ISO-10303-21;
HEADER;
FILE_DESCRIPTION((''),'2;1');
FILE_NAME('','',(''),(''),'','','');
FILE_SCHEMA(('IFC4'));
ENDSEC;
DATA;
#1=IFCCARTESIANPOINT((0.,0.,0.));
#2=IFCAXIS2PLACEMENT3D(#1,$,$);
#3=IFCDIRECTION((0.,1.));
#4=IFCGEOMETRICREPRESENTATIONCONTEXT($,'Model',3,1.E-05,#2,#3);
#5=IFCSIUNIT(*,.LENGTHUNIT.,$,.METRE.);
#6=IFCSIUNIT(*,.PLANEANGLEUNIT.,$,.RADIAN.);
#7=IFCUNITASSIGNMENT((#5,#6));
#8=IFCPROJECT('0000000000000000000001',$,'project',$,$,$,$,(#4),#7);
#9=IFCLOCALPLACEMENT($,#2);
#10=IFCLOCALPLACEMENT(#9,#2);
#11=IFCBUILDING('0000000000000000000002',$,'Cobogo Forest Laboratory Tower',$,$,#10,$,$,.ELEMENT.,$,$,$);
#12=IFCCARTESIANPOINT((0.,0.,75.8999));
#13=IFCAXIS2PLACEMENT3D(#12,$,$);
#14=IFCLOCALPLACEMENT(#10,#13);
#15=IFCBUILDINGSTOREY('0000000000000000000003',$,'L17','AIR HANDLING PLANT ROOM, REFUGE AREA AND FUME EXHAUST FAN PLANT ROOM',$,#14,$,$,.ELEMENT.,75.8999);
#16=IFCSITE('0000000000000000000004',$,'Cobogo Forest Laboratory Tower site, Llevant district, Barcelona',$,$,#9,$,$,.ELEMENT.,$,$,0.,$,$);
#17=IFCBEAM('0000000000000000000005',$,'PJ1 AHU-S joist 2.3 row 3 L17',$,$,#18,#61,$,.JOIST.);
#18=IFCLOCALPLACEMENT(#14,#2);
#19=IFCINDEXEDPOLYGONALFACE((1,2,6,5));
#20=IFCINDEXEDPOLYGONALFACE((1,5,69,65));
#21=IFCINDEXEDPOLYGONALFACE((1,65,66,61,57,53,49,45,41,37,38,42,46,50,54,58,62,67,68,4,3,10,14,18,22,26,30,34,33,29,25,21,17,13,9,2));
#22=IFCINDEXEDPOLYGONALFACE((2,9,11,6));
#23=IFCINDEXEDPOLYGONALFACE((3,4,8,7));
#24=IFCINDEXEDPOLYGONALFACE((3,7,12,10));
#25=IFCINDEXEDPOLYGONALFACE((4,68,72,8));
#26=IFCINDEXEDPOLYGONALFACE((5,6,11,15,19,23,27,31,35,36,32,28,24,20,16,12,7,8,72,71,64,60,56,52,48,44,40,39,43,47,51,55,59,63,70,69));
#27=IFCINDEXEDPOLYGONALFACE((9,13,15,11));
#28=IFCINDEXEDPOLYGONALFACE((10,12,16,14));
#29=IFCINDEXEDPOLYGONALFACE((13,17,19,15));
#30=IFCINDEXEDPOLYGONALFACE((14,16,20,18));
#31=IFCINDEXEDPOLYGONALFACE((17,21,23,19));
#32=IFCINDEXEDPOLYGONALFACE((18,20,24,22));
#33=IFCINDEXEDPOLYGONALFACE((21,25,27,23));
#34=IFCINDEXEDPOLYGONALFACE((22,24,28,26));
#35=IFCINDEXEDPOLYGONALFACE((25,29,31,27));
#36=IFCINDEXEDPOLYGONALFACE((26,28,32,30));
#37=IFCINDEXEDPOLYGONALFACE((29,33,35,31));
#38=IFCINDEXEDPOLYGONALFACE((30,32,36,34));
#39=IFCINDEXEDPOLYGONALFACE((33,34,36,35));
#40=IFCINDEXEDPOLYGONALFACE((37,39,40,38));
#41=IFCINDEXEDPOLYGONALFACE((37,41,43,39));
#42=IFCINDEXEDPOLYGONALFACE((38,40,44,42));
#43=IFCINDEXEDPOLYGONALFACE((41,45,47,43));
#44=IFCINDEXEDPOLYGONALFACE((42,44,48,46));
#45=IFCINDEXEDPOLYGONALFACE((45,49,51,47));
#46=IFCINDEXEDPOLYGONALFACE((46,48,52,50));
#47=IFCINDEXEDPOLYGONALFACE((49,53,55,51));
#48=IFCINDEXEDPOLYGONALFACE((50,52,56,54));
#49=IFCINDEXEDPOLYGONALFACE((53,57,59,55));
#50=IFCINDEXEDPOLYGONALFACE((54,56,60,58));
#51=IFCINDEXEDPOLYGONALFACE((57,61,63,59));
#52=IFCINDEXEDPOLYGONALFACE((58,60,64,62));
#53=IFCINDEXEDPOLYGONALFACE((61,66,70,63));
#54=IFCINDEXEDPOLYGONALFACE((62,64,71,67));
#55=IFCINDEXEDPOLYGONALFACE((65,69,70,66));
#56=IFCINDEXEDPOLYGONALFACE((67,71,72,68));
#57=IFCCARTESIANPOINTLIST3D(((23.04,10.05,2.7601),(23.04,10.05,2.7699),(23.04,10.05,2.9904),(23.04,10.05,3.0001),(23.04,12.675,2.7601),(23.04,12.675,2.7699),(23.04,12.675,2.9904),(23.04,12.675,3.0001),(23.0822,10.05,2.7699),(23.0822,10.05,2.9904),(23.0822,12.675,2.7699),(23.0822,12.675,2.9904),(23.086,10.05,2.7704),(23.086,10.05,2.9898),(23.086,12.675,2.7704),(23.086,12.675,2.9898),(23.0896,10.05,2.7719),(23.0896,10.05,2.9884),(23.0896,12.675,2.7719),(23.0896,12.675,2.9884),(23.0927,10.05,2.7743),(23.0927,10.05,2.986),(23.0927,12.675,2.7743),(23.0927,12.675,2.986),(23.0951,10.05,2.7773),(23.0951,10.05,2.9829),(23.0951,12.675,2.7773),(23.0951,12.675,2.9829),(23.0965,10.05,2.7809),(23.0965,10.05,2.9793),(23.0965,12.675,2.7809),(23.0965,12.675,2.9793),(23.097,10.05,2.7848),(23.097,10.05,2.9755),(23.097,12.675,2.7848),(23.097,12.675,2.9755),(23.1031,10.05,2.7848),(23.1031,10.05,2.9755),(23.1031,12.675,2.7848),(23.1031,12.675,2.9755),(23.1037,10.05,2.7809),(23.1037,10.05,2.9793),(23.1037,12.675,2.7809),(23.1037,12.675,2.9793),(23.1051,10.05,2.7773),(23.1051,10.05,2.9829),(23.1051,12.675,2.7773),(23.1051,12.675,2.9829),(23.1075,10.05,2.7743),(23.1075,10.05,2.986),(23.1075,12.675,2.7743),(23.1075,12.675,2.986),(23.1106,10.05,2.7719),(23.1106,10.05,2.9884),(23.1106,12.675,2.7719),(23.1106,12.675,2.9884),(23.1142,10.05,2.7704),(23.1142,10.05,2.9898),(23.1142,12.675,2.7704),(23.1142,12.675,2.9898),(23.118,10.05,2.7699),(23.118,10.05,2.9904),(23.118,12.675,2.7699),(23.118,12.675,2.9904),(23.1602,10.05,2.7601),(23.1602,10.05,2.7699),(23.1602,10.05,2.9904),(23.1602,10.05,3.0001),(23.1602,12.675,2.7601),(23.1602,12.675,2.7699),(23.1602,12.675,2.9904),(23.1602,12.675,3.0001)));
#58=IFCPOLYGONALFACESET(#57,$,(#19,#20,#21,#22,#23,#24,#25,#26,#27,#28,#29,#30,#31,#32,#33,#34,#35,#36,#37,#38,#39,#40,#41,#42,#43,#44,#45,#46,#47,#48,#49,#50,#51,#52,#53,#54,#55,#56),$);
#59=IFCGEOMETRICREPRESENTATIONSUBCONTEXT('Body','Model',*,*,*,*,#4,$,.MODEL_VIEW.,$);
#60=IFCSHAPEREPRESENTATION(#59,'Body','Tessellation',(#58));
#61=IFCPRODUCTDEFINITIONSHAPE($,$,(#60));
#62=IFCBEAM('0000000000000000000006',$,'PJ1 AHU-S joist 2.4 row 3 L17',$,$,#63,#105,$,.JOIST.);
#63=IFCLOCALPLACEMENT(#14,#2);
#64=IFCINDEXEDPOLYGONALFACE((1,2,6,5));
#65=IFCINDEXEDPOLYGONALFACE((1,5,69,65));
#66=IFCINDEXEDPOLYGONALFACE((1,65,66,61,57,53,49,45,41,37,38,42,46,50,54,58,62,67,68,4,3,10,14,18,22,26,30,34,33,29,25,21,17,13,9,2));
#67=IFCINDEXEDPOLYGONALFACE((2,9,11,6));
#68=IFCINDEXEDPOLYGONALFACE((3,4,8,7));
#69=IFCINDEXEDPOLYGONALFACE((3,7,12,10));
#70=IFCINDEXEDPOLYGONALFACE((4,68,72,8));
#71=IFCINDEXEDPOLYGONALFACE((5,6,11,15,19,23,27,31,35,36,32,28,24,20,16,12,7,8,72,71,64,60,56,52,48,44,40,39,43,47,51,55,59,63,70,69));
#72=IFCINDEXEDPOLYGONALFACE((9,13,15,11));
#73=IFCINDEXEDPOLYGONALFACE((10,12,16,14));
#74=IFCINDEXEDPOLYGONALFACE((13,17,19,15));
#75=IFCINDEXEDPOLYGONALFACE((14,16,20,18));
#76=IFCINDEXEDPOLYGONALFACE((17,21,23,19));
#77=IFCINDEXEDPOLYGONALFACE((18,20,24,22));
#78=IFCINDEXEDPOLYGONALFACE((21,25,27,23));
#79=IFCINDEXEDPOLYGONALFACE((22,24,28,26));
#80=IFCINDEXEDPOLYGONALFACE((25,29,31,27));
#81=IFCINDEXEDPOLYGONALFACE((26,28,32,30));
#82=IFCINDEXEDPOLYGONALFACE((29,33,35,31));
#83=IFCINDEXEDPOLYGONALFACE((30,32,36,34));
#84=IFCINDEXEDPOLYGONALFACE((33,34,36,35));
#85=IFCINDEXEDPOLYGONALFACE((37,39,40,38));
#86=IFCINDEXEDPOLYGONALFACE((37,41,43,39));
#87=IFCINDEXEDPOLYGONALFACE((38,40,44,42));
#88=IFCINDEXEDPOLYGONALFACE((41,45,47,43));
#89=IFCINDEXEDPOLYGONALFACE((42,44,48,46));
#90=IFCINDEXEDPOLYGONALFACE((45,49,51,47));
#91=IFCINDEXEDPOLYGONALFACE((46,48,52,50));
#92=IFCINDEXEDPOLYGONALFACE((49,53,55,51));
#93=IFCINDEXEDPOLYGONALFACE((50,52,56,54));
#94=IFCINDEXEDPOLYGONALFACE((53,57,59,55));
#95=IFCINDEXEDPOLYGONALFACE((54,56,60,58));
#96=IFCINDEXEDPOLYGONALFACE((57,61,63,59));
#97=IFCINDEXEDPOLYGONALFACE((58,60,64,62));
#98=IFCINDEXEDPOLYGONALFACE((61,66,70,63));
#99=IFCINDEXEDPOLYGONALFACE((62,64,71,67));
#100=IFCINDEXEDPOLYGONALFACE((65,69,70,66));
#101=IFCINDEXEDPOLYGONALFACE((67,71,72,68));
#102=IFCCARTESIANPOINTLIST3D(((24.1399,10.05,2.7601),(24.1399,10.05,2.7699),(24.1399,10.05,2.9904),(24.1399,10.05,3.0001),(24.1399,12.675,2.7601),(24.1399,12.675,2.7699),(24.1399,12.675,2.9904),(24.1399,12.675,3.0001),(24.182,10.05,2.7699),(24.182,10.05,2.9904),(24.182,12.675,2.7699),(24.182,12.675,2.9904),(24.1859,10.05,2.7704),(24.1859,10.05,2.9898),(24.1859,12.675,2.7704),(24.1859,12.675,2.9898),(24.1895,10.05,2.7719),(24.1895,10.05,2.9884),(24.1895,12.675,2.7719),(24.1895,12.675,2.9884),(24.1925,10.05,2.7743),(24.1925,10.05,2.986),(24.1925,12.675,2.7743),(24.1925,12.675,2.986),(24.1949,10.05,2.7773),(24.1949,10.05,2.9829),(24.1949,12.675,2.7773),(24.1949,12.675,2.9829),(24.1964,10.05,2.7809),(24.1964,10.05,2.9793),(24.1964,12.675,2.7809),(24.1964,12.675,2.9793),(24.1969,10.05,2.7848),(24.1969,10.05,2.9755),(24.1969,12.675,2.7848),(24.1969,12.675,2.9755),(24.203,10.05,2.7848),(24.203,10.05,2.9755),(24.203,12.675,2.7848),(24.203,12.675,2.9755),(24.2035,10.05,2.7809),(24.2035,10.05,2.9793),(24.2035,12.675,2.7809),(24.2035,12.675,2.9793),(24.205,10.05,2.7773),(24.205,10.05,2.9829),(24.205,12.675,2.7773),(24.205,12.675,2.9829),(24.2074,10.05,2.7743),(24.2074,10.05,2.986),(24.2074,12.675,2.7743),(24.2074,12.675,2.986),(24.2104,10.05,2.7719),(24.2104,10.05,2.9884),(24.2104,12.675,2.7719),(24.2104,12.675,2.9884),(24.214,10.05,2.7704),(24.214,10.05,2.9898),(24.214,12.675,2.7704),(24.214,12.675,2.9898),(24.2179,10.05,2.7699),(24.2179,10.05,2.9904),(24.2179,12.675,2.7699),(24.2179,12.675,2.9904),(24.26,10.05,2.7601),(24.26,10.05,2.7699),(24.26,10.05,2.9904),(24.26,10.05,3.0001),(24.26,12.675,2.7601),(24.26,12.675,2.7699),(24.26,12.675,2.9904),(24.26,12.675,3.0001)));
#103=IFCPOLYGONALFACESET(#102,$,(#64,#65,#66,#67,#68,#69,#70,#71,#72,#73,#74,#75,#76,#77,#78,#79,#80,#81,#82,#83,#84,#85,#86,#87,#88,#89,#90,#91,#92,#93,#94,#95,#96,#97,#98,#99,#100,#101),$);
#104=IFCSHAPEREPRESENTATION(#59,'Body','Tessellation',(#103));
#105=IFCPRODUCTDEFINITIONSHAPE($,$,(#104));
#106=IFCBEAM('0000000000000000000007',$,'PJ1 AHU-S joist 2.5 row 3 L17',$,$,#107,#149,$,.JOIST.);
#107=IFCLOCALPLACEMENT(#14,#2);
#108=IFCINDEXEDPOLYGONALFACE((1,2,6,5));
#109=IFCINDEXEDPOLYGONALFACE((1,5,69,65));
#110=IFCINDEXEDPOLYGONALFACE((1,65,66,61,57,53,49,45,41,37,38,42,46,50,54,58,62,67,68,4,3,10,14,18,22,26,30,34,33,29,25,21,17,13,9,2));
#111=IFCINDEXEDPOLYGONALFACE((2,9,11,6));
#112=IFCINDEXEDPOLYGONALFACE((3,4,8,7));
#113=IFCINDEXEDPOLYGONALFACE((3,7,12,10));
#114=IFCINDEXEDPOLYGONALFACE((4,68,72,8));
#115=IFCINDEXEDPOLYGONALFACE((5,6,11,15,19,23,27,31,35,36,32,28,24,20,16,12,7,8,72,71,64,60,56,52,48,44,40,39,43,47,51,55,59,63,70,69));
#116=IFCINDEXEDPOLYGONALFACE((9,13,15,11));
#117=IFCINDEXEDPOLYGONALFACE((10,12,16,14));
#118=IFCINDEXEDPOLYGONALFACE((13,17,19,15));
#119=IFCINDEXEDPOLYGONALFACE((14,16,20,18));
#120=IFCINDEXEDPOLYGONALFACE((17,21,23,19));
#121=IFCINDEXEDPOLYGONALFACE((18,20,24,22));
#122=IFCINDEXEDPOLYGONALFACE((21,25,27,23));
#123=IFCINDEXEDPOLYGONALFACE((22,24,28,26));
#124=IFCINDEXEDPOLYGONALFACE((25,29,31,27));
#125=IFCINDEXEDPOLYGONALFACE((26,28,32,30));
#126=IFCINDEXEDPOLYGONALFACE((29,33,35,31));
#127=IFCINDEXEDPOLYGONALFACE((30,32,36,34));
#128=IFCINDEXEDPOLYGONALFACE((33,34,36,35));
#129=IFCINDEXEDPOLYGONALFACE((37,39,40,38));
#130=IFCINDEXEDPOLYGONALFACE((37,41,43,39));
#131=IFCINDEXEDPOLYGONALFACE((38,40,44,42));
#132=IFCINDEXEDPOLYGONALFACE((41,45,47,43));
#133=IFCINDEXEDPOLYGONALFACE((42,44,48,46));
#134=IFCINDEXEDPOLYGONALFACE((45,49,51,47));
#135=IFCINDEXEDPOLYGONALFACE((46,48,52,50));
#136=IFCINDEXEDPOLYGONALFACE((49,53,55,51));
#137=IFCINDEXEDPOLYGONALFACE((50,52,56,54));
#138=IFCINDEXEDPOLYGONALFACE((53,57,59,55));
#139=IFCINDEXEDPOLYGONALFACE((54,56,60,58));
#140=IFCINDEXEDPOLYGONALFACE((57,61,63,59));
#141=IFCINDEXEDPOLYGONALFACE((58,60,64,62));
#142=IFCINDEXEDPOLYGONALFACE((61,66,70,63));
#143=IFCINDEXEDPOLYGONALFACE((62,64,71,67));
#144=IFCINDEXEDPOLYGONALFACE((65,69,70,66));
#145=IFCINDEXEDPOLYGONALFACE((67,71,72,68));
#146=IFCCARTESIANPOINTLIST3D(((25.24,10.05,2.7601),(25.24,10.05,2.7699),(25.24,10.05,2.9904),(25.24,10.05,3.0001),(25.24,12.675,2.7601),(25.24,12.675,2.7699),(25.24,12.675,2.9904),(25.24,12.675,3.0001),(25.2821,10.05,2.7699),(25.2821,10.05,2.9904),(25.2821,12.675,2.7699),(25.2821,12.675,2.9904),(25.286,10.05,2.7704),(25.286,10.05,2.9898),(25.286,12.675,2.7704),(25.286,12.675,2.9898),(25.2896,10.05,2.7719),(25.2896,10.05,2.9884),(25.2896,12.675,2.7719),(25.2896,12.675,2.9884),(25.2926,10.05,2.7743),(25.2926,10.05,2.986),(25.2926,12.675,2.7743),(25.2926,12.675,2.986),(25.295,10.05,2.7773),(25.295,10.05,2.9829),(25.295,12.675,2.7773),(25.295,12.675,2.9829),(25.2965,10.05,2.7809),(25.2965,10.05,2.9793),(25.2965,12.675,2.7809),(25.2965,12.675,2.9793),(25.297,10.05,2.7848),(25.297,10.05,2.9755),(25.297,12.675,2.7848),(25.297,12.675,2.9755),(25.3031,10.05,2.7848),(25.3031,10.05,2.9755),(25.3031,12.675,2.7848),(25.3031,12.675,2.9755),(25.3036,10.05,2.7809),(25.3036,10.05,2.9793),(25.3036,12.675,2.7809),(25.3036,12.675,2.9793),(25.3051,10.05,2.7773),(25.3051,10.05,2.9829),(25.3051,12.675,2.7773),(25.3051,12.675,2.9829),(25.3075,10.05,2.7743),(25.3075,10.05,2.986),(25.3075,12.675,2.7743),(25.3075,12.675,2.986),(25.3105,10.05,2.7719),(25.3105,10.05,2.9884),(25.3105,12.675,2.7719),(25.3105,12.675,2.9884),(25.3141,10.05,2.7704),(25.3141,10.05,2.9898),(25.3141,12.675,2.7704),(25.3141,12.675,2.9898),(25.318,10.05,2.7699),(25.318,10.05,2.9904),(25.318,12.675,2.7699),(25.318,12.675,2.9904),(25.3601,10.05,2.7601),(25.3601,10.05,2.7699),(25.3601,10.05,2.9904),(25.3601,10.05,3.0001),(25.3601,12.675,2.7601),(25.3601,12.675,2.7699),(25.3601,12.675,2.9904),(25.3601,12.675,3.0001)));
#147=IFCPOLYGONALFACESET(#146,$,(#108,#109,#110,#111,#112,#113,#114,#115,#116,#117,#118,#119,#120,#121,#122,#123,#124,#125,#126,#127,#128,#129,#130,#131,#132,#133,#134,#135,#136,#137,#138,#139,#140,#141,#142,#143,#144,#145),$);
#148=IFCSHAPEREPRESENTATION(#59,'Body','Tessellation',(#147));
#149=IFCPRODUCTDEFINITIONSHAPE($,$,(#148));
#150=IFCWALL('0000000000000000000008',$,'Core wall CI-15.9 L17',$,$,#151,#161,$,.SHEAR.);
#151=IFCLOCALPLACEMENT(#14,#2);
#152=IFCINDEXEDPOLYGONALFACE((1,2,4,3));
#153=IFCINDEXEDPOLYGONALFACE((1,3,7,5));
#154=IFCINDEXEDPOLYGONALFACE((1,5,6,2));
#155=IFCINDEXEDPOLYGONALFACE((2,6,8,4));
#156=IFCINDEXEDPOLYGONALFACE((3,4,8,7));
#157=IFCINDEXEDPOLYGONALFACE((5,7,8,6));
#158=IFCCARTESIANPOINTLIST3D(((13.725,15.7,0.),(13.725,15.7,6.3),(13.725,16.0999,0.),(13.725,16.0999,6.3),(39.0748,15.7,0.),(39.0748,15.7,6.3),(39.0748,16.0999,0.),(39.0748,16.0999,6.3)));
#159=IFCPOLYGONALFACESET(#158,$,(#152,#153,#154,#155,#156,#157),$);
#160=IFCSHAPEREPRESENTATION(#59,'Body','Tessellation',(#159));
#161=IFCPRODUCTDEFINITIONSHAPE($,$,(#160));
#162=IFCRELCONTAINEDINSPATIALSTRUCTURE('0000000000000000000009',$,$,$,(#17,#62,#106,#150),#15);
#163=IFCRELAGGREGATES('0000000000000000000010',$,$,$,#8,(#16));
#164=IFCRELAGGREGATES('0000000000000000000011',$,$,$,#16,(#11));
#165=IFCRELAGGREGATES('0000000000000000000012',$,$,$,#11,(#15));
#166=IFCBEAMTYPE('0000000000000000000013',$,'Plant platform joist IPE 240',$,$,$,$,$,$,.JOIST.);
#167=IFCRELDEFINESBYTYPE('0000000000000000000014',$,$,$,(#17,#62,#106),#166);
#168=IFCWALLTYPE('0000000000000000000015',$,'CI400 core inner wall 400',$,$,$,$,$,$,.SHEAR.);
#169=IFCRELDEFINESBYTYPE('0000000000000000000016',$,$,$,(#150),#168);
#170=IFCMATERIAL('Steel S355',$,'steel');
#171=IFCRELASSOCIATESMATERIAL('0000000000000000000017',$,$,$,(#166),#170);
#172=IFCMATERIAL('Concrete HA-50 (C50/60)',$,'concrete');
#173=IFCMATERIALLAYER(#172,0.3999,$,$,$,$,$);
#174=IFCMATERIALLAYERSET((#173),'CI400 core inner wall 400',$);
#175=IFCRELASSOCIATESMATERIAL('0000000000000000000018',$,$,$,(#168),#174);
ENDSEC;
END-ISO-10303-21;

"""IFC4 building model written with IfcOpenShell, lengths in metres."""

from ifc_helpers import new_model, si_unit, direction, frame, frame_2d, origin, origin_2d, place, context, subcontext, project, spatial, rectangle, i_section, extrude, material, layer, layer_set, material_profile, profile_set, type_object, element, save


model = new_model("IFC4")

# Units and contexts
model_context = context("Model", 3, precision=1e-05, world=origin(), true_north=direction((0.0, 1.0)))
body_context = subcontext(model_context, "Body", "Model", "MODEL_VIEW")
ifc_project = project(units=[si_unit("LENGTHUNIT", "METRE"), si_unit("PLANEANGLEUNIT", "RADIAN")], contexts=[model_context])

# Site, building, storey
site_placement = place(None, origin())
site = spatial("IfcSite", under=ifc_project, at=site_placement, Name="Cobogo Forest Laboratory Tower site, Llevant district, Barcelona", CompositionType="ELEMENT", RefElevation=0.0)
building_placement = place(site_placement, origin())
building = spatial("IfcBuilding", under=site, at=building_placement, Name="Cobogo Forest Laboratory Tower", CompositionType="ELEMENT")
storey_placement = place(building_placement, frame((0.0, 0.0, 75.8999)))
storey = spatial("IfcBuildingStorey", under=building, at=storey_placement, Name="L17", Description="AIR HANDLING PLANT ROOM, REFUGE AREA AND FUME EXHAUST FAN PLANT ROOM", CompositionType="ELEMENT", Elevation=75.8999)

# Shared definitions
ifc_material_1 = material(Name="Steel S355", Category="steel")

# Beams
ifc_material_profile_1 = material_profile(ifc_material_1, i_section(OverallWidth=0.1201, OverallDepth=0.24, WebThickness=0.0061, FlangeThickness=0.0098, FilletRadius=0.0149, at=origin_2d()), Name="IPE 240")
ifc_profile_set_1 = profile_set([ifc_material_profile_1], Name="Steel S355")
beam_type_1 = type_object("IfcBeamType", Name="Plant platform joist IPE 240", PredefinedType="JOIST", material=ifc_profile_set_1)
for number, where, z_axis, x_axis, name in (
    (1, (23.1001, 10.05, 2.8801), (0.0, 1.0, 0.0), (-1.0, 0.0, 0.0), "PJ1 AHU-S joist 2.3 row 3 L17"),
    (2, (24.2, 10.05, 2.8801), (0.0, 1.0, 0.0), (-1.0, 0.0, 0.0), "PJ1 AHU-S joist 2.4 row 3 L17"),
    (3, (25.3, 10.05, 2.8801), (0.0, 1.0, 0.0), (-1.0, 0.0, 0.0), "PJ1 AHU-S joist 2.5 row 3 L17"),
):
    element("IfcBeam", number, at=place(storey_placement, frame(where, z_axis=z_axis, x_axis=x_axis)), inside=storey, type_object=beam_type_1, Name=name, PredefinedType="JOIST", context=body_context, shape_type="SweptSolid", body=[
        extrude(i_section(OverallWidth=0.1201, OverallDepth=0.24, WebThickness=0.0061, FlangeThickness=0.0098, FilletRadius=0.0149, at=origin_2d()), origin(), (0.0, 0.0, 1.0), 2.625),
    ])

# Wall
ifc_material_2 = material(Name="Concrete HA-50 (C50/60)", Category="concrete")
ifc_layer_1 = layer(ifc_material_2, 0.3999)
ifc_layer_set_1 = layer_set([ifc_layer_1], Name="CI400 core inner wall 400")
wall_type_1 = type_object("IfcWallType", Name="CI400 core inner wall 400", PredefinedType="SHEAR", material=ifc_layer_set_1)
wall_1_placement = place(storey_placement, frame((13.7251, 15.8999, 0.0), z_axis=(0.0, 0.0, 1.0), x_axis=(1.0, 0.0, 0.0)))
element("IfcWall", 4, at=wall_1_placement, inside=storey, type_object=wall_type_1, Name="Core wall CI-15.9 L17", PredefinedType="SHEAR", context=body_context, shape_type="SweptSolid", body=[
    extrude(rectangle(XDim=25.3499, YDim=0.3999, at=frame_2d((12.6748, 0.0))), origin(), (0.0, 0.0, 1.0), 6.3),
])

save(model, "model.ifc")
